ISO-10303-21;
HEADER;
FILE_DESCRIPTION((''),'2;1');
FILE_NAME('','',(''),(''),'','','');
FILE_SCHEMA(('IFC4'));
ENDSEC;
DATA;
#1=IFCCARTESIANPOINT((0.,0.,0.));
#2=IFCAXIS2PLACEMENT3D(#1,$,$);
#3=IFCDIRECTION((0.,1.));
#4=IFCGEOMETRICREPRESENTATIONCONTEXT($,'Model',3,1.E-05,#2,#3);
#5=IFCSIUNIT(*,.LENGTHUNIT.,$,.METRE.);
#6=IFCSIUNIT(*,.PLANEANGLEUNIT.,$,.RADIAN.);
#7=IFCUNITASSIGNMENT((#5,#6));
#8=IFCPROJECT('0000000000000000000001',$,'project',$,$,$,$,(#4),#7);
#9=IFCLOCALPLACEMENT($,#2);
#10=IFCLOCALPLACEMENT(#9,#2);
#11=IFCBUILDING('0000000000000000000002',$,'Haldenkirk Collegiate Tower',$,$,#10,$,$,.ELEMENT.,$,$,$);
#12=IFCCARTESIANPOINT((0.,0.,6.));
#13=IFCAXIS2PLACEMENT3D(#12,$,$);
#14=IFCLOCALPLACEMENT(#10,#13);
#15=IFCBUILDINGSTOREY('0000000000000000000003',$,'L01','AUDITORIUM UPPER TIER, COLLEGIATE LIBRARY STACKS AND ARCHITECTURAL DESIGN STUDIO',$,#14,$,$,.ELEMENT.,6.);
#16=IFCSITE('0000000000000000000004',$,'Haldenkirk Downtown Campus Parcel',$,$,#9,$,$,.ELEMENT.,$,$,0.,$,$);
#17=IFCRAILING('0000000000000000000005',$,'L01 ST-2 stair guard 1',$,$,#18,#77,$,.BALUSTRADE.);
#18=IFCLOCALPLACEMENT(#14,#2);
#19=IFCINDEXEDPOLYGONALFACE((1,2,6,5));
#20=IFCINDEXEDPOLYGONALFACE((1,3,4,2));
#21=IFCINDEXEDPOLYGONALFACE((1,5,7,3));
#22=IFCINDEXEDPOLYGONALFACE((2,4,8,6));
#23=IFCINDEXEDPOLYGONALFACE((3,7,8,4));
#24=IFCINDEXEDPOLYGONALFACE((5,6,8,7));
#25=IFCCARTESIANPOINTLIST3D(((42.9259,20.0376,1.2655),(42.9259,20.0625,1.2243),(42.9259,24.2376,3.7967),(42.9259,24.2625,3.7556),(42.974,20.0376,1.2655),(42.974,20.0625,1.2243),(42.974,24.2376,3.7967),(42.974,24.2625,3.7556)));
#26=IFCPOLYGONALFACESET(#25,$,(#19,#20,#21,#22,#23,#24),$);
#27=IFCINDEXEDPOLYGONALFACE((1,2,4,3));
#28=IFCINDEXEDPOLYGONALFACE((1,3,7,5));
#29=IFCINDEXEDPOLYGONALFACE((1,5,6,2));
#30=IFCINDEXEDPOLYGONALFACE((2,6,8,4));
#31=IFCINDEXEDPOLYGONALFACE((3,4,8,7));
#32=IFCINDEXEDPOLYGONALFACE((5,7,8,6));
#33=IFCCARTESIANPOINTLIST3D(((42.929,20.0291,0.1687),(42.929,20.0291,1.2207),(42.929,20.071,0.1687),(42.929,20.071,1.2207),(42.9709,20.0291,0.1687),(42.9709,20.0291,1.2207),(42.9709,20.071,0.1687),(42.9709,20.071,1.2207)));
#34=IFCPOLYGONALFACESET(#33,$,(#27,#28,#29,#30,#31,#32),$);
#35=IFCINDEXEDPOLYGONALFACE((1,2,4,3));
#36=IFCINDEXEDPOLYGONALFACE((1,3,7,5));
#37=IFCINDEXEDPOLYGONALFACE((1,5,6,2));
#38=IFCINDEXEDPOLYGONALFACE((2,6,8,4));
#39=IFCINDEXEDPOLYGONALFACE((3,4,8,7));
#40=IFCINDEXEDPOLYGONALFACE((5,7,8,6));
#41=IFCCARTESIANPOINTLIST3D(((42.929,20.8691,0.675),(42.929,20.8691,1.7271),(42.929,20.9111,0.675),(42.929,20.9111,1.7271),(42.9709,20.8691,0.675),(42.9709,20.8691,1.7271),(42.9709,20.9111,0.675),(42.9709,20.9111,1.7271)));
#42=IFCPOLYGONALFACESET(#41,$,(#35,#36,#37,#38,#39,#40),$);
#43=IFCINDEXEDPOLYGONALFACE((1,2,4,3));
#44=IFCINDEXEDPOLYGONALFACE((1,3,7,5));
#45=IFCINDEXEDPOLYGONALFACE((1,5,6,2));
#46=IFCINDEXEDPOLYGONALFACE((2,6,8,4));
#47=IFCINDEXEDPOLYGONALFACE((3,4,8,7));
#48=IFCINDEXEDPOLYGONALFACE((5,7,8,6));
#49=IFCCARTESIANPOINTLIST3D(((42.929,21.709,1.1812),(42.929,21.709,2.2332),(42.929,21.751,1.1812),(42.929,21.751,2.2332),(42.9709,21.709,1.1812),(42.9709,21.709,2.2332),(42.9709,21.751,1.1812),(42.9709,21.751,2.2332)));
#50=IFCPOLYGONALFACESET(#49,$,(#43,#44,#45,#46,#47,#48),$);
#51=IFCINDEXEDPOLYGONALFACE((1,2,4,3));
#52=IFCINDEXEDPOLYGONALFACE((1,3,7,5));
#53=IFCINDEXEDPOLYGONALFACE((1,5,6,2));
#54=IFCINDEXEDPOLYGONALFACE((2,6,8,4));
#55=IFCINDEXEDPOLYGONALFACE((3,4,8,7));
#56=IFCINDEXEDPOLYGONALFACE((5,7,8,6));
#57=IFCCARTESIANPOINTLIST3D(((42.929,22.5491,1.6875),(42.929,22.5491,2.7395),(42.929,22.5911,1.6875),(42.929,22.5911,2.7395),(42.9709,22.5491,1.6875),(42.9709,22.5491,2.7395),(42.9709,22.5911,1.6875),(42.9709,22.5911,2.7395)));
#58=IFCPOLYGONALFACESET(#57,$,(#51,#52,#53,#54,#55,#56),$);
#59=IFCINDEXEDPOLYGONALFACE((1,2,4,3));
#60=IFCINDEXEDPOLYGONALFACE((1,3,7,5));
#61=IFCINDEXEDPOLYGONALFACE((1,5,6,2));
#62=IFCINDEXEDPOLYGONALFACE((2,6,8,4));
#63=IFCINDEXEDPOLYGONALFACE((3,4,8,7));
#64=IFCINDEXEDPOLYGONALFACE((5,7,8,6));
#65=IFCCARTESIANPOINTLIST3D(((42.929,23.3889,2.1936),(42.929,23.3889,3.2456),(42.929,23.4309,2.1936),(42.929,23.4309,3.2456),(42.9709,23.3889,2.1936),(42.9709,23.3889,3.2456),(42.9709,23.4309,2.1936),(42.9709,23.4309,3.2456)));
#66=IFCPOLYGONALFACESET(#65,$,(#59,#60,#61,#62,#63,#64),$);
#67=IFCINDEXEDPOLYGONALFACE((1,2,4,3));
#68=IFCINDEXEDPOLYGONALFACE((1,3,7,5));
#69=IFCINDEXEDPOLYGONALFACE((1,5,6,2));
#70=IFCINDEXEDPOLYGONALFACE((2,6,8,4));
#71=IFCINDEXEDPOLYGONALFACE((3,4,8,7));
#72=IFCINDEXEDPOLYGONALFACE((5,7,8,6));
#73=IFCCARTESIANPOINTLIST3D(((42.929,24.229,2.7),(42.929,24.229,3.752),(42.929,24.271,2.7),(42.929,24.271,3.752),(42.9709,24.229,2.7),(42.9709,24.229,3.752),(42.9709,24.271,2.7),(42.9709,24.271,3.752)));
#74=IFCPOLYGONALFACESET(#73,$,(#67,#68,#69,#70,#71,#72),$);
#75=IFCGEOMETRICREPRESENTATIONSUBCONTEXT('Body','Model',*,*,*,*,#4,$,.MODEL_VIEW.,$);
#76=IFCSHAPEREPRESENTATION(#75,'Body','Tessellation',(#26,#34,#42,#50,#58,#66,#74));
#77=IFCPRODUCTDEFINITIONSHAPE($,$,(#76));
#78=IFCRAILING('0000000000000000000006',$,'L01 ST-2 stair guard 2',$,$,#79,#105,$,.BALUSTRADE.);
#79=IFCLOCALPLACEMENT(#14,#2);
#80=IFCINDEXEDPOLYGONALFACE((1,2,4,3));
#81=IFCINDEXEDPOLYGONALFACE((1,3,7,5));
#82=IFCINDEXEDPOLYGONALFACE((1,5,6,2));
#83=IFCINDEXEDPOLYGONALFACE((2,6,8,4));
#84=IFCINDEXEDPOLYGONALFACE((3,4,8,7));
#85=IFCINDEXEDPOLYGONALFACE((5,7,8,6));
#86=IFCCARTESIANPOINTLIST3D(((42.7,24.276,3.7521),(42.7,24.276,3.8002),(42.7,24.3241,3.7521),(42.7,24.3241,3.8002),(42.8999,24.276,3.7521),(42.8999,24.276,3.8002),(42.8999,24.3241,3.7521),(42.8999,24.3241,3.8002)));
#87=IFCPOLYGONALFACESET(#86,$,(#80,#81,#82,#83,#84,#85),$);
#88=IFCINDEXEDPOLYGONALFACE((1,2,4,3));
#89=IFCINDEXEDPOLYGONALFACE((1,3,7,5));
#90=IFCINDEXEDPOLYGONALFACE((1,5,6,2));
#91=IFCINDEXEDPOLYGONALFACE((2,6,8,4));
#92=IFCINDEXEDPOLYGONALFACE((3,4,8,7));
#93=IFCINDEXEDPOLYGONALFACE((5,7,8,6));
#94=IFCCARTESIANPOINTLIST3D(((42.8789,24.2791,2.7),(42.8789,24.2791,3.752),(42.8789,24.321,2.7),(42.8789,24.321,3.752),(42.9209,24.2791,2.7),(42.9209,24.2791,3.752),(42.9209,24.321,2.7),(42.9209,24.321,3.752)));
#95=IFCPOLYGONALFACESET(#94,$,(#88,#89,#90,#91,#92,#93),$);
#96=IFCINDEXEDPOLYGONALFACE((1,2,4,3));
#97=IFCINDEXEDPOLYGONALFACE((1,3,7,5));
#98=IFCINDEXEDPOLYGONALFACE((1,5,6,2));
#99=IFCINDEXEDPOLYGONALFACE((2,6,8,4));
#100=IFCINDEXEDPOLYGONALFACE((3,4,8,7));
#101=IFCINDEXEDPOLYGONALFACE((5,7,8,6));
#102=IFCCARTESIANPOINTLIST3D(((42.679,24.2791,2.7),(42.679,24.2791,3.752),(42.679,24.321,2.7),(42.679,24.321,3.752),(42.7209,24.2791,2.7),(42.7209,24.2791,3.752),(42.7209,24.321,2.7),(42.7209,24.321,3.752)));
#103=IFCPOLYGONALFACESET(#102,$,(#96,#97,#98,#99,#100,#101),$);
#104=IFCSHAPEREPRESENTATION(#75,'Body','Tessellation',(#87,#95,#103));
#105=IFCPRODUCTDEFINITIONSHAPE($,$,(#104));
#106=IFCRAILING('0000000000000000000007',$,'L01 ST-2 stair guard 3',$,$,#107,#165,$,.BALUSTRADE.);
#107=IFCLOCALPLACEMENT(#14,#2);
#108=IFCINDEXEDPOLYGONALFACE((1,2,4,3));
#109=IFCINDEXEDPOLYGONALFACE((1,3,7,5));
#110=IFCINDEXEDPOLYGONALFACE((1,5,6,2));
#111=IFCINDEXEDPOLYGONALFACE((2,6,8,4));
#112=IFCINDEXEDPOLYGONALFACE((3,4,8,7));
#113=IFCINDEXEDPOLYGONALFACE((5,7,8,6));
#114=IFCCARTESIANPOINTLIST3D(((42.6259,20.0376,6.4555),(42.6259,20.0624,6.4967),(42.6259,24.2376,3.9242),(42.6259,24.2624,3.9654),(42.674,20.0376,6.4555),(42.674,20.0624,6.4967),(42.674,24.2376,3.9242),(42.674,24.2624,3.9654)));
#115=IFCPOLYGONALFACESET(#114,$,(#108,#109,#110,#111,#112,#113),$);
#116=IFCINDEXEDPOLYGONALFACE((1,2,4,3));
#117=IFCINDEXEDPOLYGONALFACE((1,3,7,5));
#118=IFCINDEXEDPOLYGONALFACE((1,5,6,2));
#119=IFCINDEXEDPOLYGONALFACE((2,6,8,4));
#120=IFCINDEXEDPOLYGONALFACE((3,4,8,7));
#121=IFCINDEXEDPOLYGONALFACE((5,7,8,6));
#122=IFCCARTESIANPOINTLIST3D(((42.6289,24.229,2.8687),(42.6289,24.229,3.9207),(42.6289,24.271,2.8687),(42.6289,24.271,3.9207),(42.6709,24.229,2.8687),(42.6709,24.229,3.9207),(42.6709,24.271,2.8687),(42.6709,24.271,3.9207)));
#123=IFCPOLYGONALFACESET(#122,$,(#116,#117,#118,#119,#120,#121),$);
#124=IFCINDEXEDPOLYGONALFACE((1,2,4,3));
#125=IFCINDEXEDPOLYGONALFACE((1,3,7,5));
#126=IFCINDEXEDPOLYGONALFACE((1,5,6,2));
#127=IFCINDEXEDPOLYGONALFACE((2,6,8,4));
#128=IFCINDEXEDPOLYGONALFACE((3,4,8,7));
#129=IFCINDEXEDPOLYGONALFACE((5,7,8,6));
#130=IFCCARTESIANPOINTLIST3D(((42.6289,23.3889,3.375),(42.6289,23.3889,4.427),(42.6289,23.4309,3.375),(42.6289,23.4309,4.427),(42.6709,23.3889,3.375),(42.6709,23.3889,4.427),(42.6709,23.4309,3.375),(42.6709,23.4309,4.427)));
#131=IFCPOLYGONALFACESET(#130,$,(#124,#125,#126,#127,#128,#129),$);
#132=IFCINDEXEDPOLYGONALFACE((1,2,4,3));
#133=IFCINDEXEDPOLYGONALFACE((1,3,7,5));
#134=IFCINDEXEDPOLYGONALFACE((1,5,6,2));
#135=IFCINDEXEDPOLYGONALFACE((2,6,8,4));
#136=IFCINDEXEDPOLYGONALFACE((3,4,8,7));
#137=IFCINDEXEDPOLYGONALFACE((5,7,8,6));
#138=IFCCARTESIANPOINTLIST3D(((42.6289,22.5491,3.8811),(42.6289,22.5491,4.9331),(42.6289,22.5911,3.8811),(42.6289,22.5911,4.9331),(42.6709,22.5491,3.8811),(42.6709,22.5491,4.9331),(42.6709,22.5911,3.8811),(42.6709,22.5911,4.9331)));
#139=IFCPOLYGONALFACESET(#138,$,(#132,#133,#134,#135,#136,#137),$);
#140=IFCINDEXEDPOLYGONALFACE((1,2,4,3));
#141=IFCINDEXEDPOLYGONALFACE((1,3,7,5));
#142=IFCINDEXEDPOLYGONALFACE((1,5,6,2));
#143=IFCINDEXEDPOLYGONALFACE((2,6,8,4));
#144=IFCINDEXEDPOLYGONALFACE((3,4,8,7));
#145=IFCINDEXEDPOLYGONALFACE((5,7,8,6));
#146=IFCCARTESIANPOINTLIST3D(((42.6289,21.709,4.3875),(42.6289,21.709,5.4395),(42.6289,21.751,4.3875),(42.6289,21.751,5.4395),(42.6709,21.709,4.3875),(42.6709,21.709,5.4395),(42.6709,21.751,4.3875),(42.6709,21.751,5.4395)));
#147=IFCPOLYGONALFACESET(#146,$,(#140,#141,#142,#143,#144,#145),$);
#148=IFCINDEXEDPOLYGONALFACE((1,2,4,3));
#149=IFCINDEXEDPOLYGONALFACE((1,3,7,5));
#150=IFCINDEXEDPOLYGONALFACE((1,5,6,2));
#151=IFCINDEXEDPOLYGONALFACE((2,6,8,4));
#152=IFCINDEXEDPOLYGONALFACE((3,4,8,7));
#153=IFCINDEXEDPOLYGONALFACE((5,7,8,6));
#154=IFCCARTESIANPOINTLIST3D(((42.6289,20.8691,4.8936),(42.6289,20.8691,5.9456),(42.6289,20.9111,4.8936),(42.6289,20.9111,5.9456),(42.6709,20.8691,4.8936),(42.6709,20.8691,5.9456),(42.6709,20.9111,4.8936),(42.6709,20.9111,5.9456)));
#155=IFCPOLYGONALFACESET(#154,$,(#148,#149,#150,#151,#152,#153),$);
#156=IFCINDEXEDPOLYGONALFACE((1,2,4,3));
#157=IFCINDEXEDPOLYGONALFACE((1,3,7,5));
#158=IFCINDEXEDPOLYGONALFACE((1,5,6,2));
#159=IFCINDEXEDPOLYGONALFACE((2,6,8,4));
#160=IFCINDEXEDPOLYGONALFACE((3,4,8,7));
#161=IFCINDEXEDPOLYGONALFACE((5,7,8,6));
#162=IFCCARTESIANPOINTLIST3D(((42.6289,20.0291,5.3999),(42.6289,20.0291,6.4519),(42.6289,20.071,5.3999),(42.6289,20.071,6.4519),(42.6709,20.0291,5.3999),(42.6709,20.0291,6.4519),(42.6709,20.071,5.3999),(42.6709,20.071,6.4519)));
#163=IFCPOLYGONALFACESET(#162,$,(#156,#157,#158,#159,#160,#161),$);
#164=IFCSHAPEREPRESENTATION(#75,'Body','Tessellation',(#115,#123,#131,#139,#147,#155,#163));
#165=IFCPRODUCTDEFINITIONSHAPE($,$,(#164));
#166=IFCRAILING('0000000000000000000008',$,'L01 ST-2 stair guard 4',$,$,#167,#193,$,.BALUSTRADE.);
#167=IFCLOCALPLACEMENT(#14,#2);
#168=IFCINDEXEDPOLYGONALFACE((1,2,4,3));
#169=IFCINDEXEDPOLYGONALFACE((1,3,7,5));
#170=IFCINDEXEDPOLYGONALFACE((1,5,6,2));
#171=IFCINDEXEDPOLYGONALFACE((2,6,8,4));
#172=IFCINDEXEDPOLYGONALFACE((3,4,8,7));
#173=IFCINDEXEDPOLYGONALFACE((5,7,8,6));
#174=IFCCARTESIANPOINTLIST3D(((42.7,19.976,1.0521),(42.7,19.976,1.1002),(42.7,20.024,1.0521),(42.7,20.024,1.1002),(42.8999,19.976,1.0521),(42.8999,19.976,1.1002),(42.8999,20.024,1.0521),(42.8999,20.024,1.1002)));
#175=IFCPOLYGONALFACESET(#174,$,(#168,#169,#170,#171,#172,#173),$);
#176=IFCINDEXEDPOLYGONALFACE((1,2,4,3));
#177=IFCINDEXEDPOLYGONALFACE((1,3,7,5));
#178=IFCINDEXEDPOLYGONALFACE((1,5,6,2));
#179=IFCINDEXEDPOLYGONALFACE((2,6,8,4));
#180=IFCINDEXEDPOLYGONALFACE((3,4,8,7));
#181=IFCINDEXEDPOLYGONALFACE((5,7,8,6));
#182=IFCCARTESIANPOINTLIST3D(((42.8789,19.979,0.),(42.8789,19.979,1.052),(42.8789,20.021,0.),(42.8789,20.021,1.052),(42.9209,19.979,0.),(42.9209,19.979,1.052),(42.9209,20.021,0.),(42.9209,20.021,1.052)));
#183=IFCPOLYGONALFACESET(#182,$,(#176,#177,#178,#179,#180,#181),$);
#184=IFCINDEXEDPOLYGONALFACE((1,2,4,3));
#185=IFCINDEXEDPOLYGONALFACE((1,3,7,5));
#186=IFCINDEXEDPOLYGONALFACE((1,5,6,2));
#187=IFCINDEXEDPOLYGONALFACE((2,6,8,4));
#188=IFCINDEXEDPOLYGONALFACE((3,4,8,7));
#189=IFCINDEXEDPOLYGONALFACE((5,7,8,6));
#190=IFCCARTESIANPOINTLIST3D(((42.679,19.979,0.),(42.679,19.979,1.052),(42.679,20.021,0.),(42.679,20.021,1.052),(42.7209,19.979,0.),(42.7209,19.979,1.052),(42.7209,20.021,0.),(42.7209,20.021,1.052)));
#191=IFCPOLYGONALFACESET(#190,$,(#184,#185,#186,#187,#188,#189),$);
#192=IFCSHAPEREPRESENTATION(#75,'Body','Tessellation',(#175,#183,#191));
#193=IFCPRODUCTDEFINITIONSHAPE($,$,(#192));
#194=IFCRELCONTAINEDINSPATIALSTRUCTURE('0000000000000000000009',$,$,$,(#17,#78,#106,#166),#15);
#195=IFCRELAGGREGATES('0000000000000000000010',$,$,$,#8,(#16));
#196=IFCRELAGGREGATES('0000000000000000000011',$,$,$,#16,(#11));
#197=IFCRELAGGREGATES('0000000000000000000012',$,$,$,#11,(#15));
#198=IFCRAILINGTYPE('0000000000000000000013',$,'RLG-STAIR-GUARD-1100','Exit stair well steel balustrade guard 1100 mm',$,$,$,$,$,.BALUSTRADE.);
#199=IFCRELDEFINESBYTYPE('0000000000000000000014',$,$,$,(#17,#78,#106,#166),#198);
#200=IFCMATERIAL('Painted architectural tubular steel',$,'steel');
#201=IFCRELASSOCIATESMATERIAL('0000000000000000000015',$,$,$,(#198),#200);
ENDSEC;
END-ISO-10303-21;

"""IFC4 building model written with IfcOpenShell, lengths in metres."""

from ifc_helpers import new_model, si_unit, direction, frame, origin, origin_2d, place, context, subcontext, project, spatial, rectangle, extrude, material, type_object, element, save


model = new_model("IFC4")

# Units and contexts
model_context = context("Model", 3, precision=1e-05, world=origin(), true_north=direction((0.0, 1.0)))
body_context = subcontext(model_context, "Body", "Model", "MODEL_VIEW")
ifc_project = project(units=[si_unit("LENGTHUNIT", "METRE"), si_unit("PLANEANGLEUNIT", "RADIAN")], contexts=[model_context])

# Site, building, storey
site_placement = place(None, origin())
site = spatial("IfcSite", under=ifc_project, at=site_placement, Name="Haldenkirk Downtown Campus Parcel", CompositionType="ELEMENT", RefElevation=0.0)
building_placement = place(site_placement, origin())
building = spatial("IfcBuilding", under=site, at=building_placement, Name="Haldenkirk Collegiate Tower", CompositionType="ELEMENT")
storey_placement = place(building_placement, frame((0.0, 0.0, 6.0)))
storey = spatial("IfcBuildingStorey", under=building, at=storey_placement, Name="L01", Description="AUDITORIUM UPPER TIER, COLLEGIATE LIBRARY STACKS AND ARCHITECTURAL DESIGN STUDIO", CompositionType="ELEMENT", Elevation=6.0)

# Railings
ifc_material_1 = material(Name="Painted architectural tubular steel", Category="steel")
railing_type_1 = type_object("IfcRailingType", Name="RLG-STAIR-GUARD-1100", Description="Exit stair well steel balustrade guard 1100 mm", PredefinedType="BALUSTRADE", material=ifc_material_1)
railing_1_placement = place(storey_placement, frame((42.95, 20.05, 0.1687)))
element("IfcRailing", 1, at=railing_1_placement, inside=storey, type_object=railing_type_1, Name="L01 ST-2 stair guard 1", PredefinedType="BALUSTRADE", context=body_context, shape_type="SweptSolid", body=[
    extrude(rectangle(XDim=0.0481, YDim=0.0481, at=origin_2d()), frame((0.0, 0.0, 1.0762), z_axis=(0.0, 0.856476, 0.516186), x_axis=(-1.0, 0.0, 0.0)), (0.0, 0.0, 1.0), 4.9038),
    extrude(rectangle(XDim=0.042, YDim=0.042, at=origin_2d()), origin(), (0.0, 0.0, 1.0), 1.052),
    extrude(rectangle(XDim=0.042, YDim=0.042, at=origin_2d()), frame((0.0, 0.8401, 0.5063)), (0.0, 0.0, 1.0), 1.052),
    extrude(rectangle(XDim=0.042, YDim=0.042, at=origin_2d()), frame((0.0, 1.6799, 1.0125)), (0.0, 0.0, 1.0), 1.052),
    extrude(rectangle(XDim=0.042, YDim=0.042, at=origin_2d()), frame((0.0, 2.52, 1.5188)), (0.0, 0.0, 1.0), 1.052),
    extrude(rectangle(XDim=0.042, YDim=0.042, at=origin_2d()), frame((0.0, 3.3599, 2.0249)), (0.0, 0.0, 1.0), 1.052),
    extrude(rectangle(XDim=0.042, YDim=0.042, at=origin_2d()), frame((0.0, 4.2, 2.5312)), (0.0, 0.0, 1.0), 1.052),
])
railing_2_placement = place(storey_placement, frame((42.8999, 24.3, 2.7)))
element("IfcRailing", 2, at=railing_2_placement, inside=storey, type_object=railing_type_1, Name="L01 ST-2 stair guard 2", PredefinedType="BALUSTRADE", context=body_context, shape_type="SweptSolid", body=[
    extrude(rectangle(XDim=0.0481, YDim=0.0481, at=origin_2d()), frame((0.0, 0.0, 1.0762), z_axis=(-1.0, 0.0, 0.0), x_axis=(0.0, -1.0, 0.0)), (0.0, 0.0, 1.0), 0.2),
    extrude(rectangle(XDim=0.042, YDim=0.042, at=origin_2d()), origin(), (0.0, 0.0, 1.0), 1.052),
    extrude(rectangle(XDim=0.042, YDim=0.042, at=origin_2d()), frame((-0.2, 0.0, 0.0)), (0.0, 0.0, 1.0), 1.052),
])
railing_3_placement = place(storey_placement, frame((42.6499, 24.25, 2.8687)))
element("IfcRailing", 3, at=railing_3_placement, inside=storey, type_object=railing_type_1, Name="L01 ST-2 stair guard 3", PredefinedType="BALUSTRADE", context=body_context, shape_type="SweptSolid", body=[
    extrude(rectangle(XDim=0.0481, YDim=0.0481, at=origin_2d()), frame((0.0, 0.0, 1.0762), z_axis=(0.0, -0.856476, 0.516186), x_axis=(1.0, 0.0, 0.0)), (0.0, 0.0, 1.0), 4.9038),
    extrude(rectangle(XDim=0.042, YDim=0.042, at=origin_2d()), origin(), (0.0, 0.0, 1.0), 1.052),
    extrude(rectangle(XDim=0.042, YDim=0.042, at=origin_2d()), frame((0.0, -0.8401, 0.5063)), (0.0, 0.0, 1.0), 1.052),
    extrude(rectangle(XDim=0.042, YDim=0.042, at=origin_2d()), frame((0.0, -1.6799, 1.0125)), (0.0, 0.0, 1.0), 1.052),
    extrude(rectangle(XDim=0.042, YDim=0.042, at=origin_2d()), frame((0.0, -2.52, 1.5188)), (0.0, 0.0, 1.0), 1.052),
    extrude(rectangle(XDim=0.042, YDim=0.042, at=origin_2d()), frame((0.0, -3.3599, 2.0249)), (0.0, 0.0, 1.0), 1.052),
    extrude(rectangle(XDim=0.042, YDim=0.042, at=origin_2d()), frame((0.0, -4.2, 2.5312)), (0.0, 0.0, 1.0), 1.052),
])
railing_4_placement = place(storey_placement, frame((42.8999, 20.0, 0.0)))
element("IfcRailing", 4, at=railing_4_placement, inside=storey, type_object=railing_type_1, Name="L01 ST-2 stair guard 4", PredefinedType="BALUSTRADE", context=body_context, shape_type="SweptSolid", body=[
    extrude(rectangle(XDim=0.0481, YDim=0.0481, at=origin_2d()), frame((0.0, 0.0, 1.0762), z_axis=(-1.0, 0.0, 0.0), x_axis=(0.0, -1.0, 0.0)), (0.0, 0.0, 1.0), 0.2),
    extrude(rectangle(XDim=0.042, YDim=0.042, at=origin_2d()), origin(), (0.0, 0.0, 1.0), 1.052),
    extrude(rectangle(XDim=0.042, YDim=0.042, at=origin_2d()), frame((-0.2, 0.0, 0.0)), (0.0, 0.0, 1.0), 1.052),
])

save(model, "model.ifc")
